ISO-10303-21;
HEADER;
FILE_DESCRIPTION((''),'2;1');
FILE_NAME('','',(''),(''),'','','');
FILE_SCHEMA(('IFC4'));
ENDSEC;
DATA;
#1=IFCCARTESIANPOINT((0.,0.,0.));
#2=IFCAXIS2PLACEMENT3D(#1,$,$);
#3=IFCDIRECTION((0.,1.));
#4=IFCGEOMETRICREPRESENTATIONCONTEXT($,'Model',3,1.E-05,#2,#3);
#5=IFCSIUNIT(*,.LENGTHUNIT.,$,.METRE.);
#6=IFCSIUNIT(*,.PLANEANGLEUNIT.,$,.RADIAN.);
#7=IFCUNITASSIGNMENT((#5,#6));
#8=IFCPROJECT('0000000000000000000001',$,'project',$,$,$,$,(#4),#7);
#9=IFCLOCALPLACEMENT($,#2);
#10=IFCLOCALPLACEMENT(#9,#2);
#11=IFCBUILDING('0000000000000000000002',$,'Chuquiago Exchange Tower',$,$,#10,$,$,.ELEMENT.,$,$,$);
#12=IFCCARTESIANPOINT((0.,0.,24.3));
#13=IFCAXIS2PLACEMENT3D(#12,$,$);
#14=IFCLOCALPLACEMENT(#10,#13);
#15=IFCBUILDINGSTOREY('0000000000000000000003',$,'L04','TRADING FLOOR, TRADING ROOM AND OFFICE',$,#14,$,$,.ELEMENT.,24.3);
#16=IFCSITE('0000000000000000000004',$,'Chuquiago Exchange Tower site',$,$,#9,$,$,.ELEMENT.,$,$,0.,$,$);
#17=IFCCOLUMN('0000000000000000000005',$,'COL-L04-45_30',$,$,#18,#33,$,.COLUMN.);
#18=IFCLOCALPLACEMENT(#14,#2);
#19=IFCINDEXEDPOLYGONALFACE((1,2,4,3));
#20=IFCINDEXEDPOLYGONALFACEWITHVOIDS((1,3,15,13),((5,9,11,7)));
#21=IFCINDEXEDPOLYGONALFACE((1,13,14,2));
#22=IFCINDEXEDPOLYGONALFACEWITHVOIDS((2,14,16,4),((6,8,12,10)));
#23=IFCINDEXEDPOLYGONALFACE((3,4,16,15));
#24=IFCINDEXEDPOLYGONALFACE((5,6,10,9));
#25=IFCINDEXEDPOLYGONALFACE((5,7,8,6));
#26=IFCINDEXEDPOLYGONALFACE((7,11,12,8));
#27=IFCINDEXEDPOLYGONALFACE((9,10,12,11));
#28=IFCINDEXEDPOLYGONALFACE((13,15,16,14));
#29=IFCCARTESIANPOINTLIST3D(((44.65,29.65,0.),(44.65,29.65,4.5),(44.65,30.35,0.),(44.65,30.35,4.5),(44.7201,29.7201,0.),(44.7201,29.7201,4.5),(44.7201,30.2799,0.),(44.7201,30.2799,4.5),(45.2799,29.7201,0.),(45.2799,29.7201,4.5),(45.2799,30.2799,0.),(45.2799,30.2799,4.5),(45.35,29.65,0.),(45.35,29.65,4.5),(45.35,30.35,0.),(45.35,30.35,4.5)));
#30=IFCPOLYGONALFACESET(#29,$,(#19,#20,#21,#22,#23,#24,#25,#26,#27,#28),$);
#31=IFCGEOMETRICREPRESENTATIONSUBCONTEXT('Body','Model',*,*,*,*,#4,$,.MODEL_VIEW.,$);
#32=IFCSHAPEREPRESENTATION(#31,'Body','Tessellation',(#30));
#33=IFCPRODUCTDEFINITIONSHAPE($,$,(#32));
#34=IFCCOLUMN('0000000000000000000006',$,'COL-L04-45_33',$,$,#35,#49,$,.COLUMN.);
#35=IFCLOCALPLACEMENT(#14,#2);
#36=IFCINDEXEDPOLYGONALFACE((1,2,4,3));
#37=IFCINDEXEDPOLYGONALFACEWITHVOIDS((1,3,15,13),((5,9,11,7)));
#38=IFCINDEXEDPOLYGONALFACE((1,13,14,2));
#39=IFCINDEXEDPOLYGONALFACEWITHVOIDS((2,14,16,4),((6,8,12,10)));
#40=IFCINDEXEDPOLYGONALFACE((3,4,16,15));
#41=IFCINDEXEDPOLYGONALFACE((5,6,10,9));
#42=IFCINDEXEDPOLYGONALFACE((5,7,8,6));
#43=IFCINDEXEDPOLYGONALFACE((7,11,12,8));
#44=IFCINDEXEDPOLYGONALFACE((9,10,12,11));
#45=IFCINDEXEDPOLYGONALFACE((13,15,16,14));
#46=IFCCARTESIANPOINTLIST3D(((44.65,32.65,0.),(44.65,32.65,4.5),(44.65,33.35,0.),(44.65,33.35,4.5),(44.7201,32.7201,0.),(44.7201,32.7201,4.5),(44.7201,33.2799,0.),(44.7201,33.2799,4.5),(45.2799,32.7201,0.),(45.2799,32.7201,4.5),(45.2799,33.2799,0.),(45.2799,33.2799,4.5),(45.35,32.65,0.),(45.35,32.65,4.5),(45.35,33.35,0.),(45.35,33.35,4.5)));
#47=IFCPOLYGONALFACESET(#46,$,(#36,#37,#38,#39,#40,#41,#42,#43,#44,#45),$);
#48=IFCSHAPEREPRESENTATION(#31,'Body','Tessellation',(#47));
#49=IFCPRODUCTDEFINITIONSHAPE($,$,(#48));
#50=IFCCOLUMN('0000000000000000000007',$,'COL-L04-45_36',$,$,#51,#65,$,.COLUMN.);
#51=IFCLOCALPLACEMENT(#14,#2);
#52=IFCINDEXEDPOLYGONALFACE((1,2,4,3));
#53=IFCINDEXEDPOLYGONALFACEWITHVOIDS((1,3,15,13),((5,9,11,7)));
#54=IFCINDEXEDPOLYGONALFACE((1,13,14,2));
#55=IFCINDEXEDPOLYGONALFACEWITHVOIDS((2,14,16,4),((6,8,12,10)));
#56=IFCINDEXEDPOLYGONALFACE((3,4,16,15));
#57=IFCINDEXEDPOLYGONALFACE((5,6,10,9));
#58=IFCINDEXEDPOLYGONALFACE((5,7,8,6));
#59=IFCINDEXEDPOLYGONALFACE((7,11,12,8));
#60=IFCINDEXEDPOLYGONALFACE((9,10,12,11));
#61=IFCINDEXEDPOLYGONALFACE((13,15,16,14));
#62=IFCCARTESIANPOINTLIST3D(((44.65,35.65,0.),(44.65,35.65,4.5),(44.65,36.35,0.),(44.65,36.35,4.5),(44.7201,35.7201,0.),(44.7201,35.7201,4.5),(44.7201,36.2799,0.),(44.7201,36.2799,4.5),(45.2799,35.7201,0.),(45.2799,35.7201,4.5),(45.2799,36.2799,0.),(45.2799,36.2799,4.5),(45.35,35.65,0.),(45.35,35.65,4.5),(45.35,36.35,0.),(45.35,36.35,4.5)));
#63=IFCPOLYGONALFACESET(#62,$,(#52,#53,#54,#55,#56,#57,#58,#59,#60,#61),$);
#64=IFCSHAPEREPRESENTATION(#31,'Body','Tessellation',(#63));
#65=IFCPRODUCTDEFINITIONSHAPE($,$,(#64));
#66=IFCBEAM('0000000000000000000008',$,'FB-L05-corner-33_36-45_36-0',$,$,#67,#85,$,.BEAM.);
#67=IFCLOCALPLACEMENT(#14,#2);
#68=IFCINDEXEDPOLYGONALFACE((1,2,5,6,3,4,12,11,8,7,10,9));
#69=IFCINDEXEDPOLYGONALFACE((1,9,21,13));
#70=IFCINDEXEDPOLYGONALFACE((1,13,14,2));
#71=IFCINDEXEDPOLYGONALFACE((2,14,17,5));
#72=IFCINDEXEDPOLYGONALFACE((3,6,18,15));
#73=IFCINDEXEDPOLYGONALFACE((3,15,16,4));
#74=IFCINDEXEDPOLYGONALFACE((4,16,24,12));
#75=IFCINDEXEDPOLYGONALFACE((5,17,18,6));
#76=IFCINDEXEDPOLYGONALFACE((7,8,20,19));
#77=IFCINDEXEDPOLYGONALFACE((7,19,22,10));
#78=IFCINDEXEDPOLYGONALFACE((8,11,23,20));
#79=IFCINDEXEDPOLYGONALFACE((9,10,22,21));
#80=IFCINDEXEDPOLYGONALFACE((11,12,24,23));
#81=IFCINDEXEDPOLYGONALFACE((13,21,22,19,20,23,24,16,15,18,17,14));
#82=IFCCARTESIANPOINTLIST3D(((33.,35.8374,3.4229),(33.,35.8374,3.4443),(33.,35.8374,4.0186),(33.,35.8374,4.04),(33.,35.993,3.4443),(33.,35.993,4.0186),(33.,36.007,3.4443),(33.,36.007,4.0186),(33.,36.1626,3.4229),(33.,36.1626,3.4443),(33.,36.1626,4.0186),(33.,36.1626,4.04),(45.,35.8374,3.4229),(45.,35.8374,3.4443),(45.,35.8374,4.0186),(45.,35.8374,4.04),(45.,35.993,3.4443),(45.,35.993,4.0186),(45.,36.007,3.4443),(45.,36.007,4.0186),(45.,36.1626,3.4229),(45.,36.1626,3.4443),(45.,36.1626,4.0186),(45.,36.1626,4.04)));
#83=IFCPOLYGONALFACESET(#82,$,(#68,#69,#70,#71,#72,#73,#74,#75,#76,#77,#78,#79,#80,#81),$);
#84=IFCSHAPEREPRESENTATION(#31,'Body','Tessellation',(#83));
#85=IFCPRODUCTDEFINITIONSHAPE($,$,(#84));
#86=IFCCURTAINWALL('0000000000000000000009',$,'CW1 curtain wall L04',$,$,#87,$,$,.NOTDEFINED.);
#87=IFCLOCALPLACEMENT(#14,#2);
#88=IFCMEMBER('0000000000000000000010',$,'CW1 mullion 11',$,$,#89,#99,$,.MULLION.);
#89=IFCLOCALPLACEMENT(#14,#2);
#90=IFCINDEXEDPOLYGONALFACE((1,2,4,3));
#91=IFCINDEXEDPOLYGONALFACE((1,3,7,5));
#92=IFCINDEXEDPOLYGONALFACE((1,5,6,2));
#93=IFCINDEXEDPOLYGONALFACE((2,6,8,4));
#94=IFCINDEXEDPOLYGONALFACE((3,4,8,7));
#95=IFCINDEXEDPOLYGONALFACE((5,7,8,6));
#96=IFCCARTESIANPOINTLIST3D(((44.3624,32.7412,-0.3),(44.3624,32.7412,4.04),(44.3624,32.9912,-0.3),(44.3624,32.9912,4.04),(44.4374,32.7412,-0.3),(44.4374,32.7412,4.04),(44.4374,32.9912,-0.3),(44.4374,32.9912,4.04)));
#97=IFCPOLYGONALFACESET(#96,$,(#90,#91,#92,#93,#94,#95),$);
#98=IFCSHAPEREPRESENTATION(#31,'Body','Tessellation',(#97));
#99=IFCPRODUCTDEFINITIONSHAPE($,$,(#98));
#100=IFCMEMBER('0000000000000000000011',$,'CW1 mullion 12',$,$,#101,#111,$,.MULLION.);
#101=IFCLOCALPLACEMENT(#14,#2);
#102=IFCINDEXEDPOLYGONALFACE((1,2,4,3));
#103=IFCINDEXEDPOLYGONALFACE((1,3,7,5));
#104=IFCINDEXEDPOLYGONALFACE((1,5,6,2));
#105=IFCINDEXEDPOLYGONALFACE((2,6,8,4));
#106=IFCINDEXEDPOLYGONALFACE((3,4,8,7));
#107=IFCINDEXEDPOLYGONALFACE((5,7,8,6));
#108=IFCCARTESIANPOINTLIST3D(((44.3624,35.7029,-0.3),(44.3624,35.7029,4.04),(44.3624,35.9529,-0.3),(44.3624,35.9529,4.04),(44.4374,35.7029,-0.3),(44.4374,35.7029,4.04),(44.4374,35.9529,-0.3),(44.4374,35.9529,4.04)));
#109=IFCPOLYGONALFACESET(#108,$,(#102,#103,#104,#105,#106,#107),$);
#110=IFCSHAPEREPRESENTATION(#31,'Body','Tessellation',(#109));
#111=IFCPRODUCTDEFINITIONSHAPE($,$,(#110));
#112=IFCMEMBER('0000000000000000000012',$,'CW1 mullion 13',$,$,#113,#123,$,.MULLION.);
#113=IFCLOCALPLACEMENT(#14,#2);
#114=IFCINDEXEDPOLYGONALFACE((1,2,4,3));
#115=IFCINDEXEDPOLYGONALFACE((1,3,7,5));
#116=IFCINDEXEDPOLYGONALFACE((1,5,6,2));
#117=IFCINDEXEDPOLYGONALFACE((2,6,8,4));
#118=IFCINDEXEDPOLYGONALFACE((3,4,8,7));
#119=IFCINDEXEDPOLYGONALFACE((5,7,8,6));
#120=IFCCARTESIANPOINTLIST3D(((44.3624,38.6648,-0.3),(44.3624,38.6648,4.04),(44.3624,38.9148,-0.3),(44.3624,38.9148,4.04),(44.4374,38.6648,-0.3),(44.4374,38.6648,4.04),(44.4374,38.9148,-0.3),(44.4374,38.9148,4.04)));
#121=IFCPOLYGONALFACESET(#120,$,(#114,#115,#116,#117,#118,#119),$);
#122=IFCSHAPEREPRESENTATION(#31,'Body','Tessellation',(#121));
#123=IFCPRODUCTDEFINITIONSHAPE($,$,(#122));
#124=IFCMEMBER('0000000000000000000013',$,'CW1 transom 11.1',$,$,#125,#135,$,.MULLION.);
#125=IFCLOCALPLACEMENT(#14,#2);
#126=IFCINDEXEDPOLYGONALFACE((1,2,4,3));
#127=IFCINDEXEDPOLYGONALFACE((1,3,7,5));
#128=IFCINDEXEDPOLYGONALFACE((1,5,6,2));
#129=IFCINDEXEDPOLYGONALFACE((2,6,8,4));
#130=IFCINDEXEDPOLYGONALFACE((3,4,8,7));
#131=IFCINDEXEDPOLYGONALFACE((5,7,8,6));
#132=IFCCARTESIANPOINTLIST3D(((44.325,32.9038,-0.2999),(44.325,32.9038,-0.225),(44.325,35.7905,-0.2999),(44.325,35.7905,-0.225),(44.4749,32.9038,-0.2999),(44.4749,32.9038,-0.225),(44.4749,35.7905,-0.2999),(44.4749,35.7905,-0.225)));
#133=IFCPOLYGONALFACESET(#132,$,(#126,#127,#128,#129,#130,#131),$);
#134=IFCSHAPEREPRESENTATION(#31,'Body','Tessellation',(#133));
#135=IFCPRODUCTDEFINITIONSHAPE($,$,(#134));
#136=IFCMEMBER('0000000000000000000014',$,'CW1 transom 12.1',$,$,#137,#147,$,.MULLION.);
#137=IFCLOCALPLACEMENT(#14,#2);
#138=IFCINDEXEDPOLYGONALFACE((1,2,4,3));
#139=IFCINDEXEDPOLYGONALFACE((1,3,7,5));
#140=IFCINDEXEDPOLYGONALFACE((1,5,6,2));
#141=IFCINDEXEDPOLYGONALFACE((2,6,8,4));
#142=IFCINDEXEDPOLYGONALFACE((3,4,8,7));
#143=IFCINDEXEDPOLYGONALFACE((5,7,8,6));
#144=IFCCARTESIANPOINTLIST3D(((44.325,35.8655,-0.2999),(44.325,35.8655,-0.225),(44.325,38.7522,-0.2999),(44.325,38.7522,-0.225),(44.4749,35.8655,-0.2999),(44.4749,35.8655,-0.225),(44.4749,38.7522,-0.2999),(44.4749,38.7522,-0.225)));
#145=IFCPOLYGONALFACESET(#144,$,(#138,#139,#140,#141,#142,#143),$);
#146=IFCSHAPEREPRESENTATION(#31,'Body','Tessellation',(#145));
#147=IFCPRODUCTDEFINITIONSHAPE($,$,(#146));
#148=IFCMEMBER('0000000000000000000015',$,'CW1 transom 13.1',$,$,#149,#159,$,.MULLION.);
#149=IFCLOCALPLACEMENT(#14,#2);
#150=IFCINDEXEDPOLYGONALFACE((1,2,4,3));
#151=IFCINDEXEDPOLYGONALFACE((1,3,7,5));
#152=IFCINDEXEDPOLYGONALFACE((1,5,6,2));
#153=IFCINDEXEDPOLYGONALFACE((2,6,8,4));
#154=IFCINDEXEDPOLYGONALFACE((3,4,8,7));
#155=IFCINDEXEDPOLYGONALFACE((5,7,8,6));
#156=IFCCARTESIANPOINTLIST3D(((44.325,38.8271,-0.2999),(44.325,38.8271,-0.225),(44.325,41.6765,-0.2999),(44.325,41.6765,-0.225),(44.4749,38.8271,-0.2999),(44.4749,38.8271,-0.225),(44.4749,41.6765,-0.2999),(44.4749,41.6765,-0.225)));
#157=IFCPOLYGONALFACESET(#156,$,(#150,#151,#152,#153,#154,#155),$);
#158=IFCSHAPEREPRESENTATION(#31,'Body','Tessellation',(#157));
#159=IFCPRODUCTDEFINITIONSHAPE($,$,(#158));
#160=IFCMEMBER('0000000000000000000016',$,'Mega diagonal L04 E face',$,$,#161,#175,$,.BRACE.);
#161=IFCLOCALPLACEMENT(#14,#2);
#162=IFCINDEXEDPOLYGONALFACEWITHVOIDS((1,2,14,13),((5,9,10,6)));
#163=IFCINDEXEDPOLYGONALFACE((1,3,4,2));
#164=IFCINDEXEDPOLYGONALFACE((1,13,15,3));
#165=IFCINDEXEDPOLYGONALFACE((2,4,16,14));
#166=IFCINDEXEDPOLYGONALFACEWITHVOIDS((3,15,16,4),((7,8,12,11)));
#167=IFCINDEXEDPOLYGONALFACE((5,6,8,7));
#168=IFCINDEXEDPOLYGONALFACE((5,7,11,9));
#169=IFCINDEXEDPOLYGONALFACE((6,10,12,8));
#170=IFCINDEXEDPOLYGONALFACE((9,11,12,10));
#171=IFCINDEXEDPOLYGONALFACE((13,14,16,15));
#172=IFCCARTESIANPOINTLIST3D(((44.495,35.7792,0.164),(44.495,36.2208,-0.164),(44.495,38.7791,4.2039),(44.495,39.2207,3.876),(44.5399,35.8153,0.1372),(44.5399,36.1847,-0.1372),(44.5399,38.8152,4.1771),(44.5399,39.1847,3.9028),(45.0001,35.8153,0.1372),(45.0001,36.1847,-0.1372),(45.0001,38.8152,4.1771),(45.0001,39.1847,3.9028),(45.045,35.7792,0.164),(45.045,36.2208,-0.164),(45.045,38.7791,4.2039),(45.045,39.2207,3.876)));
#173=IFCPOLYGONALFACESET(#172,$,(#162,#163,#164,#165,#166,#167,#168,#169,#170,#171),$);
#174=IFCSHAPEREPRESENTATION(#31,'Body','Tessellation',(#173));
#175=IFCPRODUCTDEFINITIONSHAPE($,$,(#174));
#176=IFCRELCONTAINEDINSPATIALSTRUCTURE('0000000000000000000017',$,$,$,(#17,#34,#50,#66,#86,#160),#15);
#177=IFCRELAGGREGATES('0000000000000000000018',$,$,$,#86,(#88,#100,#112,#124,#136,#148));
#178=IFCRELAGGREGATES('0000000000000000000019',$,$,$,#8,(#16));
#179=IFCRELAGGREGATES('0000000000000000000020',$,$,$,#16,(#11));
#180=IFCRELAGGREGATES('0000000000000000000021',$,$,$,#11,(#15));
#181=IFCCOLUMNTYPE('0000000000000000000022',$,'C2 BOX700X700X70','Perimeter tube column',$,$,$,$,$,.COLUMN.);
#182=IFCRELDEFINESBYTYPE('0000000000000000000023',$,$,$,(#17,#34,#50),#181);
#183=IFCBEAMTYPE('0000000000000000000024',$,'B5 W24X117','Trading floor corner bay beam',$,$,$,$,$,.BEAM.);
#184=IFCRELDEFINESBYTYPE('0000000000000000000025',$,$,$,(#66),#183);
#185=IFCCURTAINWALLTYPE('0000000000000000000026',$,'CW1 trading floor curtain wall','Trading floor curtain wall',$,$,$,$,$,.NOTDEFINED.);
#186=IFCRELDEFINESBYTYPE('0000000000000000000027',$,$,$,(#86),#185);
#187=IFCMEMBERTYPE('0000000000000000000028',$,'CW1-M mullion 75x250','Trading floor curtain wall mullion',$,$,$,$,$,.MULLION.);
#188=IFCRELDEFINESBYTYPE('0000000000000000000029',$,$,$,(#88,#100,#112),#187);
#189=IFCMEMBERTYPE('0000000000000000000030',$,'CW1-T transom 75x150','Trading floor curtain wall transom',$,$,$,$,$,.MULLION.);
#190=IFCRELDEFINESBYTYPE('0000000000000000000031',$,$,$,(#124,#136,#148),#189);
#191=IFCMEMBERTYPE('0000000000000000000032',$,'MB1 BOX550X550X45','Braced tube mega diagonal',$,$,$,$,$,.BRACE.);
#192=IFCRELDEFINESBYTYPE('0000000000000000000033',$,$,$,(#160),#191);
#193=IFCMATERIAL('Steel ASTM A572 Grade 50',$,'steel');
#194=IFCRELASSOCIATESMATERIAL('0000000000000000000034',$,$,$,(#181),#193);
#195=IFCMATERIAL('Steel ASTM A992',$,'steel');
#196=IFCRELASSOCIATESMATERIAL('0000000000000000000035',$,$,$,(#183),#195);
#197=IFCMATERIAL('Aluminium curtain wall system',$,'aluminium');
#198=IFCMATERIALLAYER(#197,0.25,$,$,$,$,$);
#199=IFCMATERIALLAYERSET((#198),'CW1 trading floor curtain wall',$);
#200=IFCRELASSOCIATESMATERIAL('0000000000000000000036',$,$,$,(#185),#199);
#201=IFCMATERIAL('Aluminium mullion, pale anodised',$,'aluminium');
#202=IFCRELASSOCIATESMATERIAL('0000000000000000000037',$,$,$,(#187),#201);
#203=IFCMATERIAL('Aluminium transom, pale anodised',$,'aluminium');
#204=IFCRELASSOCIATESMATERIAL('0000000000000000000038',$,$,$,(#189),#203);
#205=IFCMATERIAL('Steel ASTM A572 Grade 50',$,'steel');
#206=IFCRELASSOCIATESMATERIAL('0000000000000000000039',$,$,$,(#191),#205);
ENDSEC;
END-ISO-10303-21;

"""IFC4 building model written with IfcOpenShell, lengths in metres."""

from ifc_helpers import new_model, si_unit, direction, frame, origin, origin_2d, place, context, subcontext, project, spatial, rectangle, hollow_rectangle, i_section, extrude, material, layer, layer_set, material_profile, profile_set, type_object, element, aggregate, save


model = new_model("IFC4")

# Units and contexts
model_context = context("Model", 3, precision=1e-05, world=origin(), true_north=direction((0.0, 1.0)))
body_context = subcontext(model_context, "Body", "Model", "MODEL_VIEW")
ifc_project = project(units=[si_unit("LENGTHUNIT", "METRE"), si_unit("PLANEANGLEUNIT", "RADIAN")], contexts=[model_context])

# Site, building, storey
site_placement = place(None, origin())
site = spatial("IfcSite", under=ifc_project, at=site_placement, Name="Chuquiago Exchange Tower site", CompositionType="ELEMENT", RefElevation=0.0)
building_placement = place(site_placement, origin())
building = spatial("IfcBuilding", under=site, at=building_placement, Name="Chuquiago Exchange Tower", CompositionType="ELEMENT")
storey_placement = place(building_placement, frame((0.0, 0.0, 24.3)))
storey = spatial("IfcBuildingStorey", under=building, at=storey_placement, Name="L04", Description="TRADING FLOOR, TRADING ROOM AND OFFICE", CompositionType="ELEMENT", Elevation=24.3)

# Columns
ifc_material_1 = material(Name="Steel ASTM A572 Grade 50", Category="steel")
ifc_material_profile_1 = material_profile(ifc_material_1, hollow_rectangle(XDim=0.7, YDim=0.7, WallThickness=0.0701, at=origin_2d()), Name="BOX700X700X70")
ifc_profile_set_1 = profile_set([ifc_material_profile_1], Name="Steel ASTM A572 Grade 50")
column_type = type_object("IfcColumnType", Name="C2 BOX700X700X70", Description="Perimeter tube column", PredefinedType="COLUMN", material=ifc_profile_set_1)
for number, where, z_axis, x_axis, name in (
    (1, (45.0, 30.0, 0.0), (0.0, 0.0, 1.0), (1.0, 0.0, 0.0), "COL-L04-45_30"),
    (2, (45.0, 33.0, 0.0), (0.0, 0.0, 1.0), (1.0, 0.0, 0.0), "COL-L04-45_33"),
    (3, (45.0, 36.0, 0.0), (0.0, 0.0, 1.0), (1.0, 0.0, 0.0), "COL-L04-45_36"),
):
    element("IfcColumn", number, at=place(storey_placement, frame(where, z_axis=z_axis, x_axis=x_axis)), inside=storey, type_object=column_type, Name=name, PredefinedType="COLUMN", context=body_context, shape_type="SweptSolid", body=[
        extrude(hollow_rectangle(XDim=0.7, YDim=0.7, WallThickness=0.0701, at=origin_2d()), origin(), (0.0, 0.0, 1.0), 4.5),
    ])

# Beam
ifc_material_2 = material(Name="Steel ASTM A992", Category="steel")
ifc_material_profile_2 = material_profile(ifc_material_2, i_section(OverallWidth=0.3252, OverallDepth=0.6172, WebThickness=0.0139, FlangeThickness=0.0215, at=origin_2d()), Name="W24X117")
ifc_profile_set_2 = profile_set([ifc_material_profile_2], Name="Steel ASTM A992")
beam_type_1 = type_object("IfcBeamType", Name="B5 W24X117", Description="Trading floor corner bay beam", PredefinedType="BEAM", material=ifc_profile_set_2)
beam_placement = place(storey_placement, frame((33.0, 36.0, 3.7314), z_axis=(1.0, 0.0, 0.0), x_axis=(0.0, 1.0, 0.0)))
element("IfcBeam", 4, at=beam_placement, inside=storey, type_object=beam_type_1, Name="FB-L05-corner-33_36-45_36-0", PredefinedType="BEAM", context=body_context, shape_type="SweptSolid", body=[
    extrude(i_section(OverallWidth=0.3252, OverallDepth=0.6172, WebThickness=0.0139, FlangeThickness=0.0215, at=origin_2d()), origin(), (0.0, 0.0, 1.0), 12.0),
])

# Curtain wall, members
ifc_material_3 = material(Name="Aluminium curtain wall system", Category="aluminium")
ifc_layer_1 = layer(ifc_material_3, 0.25)
ifc_layer_set_1 = layer_set([ifc_layer_1], Name="CW1 trading floor curtain wall")
curtain_wall_type = type_object("IfcCurtainWallType", Name="CW1 trading floor curtain wall", Description="Trading floor curtain wall", PredefinedType="NOTDEFINED", material=ifc_layer_set_1)
curtain_wall_placement = place(storey_placement, origin())
curtain_wall = element("IfcCurtainWall", 5, at=curtain_wall_placement, inside=storey, type_object=curtain_wall_type, Name="CW1 curtain wall L04", PredefinedType="NOTDEFINED")
ifc_material_4 = material(Name="Aluminium mullion, pale anodised", Category="aluminium")
ifc_material_profile_3 = material_profile(ifc_material_4, rectangle(XDim=0.075, YDim=0.25, at=origin_2d()), Name="AL 75x250")
ifc_profile_set_3 = profile_set([ifc_material_profile_3], Name="Aluminium mullion, pale anodised")
member_type_1 = type_object("IfcMemberType", Name="CW1-M mullion 75x250", Description="Trading floor curtain wall mullion", PredefinedType="MULLION", material=ifc_profile_set_3)
member_1_placement = place(storey_placement, frame((44.3999, 32.8662, -0.3), z_axis=(0.0, 0.0, 1.0), x_axis=(-1.0, 0.0, 0.0)))
member_1 = element("IfcMember", 6, at=member_1_placement, type_object=member_type_1, Name="CW1 mullion 11", PredefinedType="MULLION", context=body_context, shape_type="SweptSolid", body=[
    extrude(rectangle(XDim=0.075, YDim=0.25, at=origin_2d()), origin(), (0.0, 0.0, 1.0), 4.3401),
])
member_2_placement = place(storey_placement, frame((44.3999, 35.8279, -0.3), z_axis=(0.0, 0.0, 1.0), x_axis=(-1.0, 0.0, 0.0)))
member_2 = element("IfcMember", 7, at=member_2_placement, type_object=member_type_1, Name="CW1 mullion 12", PredefinedType="MULLION", context=body_context, shape_type="SweptSolid", body=[
    extrude(rectangle(XDim=0.075, YDim=0.25, at=origin_2d()), origin(), (0.0, 0.0, 1.0), 4.3401),
])
member_3_placement = place(storey_placement, frame((44.3999, 38.7898, -0.3), z_axis=(0.0, 0.0, 1.0), x_axis=(-1.0, 0.0, 0.0)))
member_3 = element("IfcMember", 8, at=member_3_placement, type_object=member_type_1, Name="CW1 mullion 13", PredefinedType="MULLION", context=body_context, shape_type="SweptSolid", body=[
    extrude(rectangle(XDim=0.075, YDim=0.25, at=origin_2d()), origin(), (0.0, 0.0, 1.0), 4.3401),
])
ifc_material_5 = material(Name="Aluminium transom, pale anodised", Category="aluminium")
ifc_material_profile_4 = material_profile(ifc_material_5, rectangle(XDim=0.1499, YDim=0.075, at=origin_2d()), Name="AL 150x75")
ifc_profile_set_4 = profile_set([ifc_material_profile_4], Name="Aluminium transom, pale anodised")
member_type_2 = type_object("IfcMemberType", Name="CW1-T transom 75x150", Description="Trading floor curtain wall transom", PredefinedType="MULLION", material=ifc_profile_set_4)
member_4_placement = place(storey_placement, frame((44.3999, 32.9038, -0.2625), z_axis=(0.0, 1.0, 0.0), x_axis=(-1.0, 0.0, 0.0)))
member_4 = element("IfcMember", 9, at=member_4_placement, type_object=member_type_2, Name="CW1 transom 11.1", PredefinedType="MULLION", context=body_context, shape_type="SweptSolid", body=[
    extrude(rectangle(XDim=0.1499, YDim=0.075, at=origin_2d()), origin(), (0.0, 0.0, 1.0), 2.8867),
])
member_5_placement = place(storey_placement, frame((44.3999, 35.8655, -0.2625), z_axis=(0.0, 1.0, 0.0), x_axis=(-1.0, 0.0, 0.0)))
member_5 = element("IfcMember", 10, at=member_5_placement, type_object=member_type_2, Name="CW1 transom 12.1", PredefinedType="MULLION", context=body_context, shape_type="SweptSolid", body=[
    extrude(rectangle(XDim=0.1499, YDim=0.075, at=origin_2d()), origin(), (0.0, 0.0, 1.0), 2.8867),
])
member_6_placement = place(storey_placement, frame((44.3999, 38.8271, -0.2625), z_axis=(0.0, 1.0, 0.0), x_axis=(-1.0, 0.0, 0.0)))
member_6 = element("IfcMember", 11, at=member_6_placement, type_object=member_type_2, Name="CW1 transom 13.1", PredefinedType="MULLION", context=body_context, shape_type="SweptSolid", body=[
    extrude(rectangle(XDim=0.1499, YDim=0.075, at=origin_2d()), origin(), (0.0, 0.0, 1.0), 2.8494),
])

# Member
ifc_material_6 = material(Name="Steel ASTM A572 Grade 50", Category="steel")
ifc_material_profile_5 = material_profile(ifc_material_6, hollow_rectangle(XDim=0.55, YDim=0.55, WallThickness=0.0449, at=origin_2d()), Name="BOX550X550X45")
ifc_profile_set_5 = profile_set([ifc_material_profile_5], Name="Steel ASTM A572 Grade 50")
member_type_3 = type_object("IfcMemberType", Name="MB1 BOX550X550X45", Description="Braced tube mega diagonal", PredefinedType="BRACE", material=ifc_profile_set_5)
member_7_placement = place(storey_placement, frame((44.77, 36.0, 0.0), z_axis=(0.0, 0.596174, 0.802855), x_axis=(-1.0, 0.0, 0.0)))
element("IfcMember", 12, at=member_7_placement, inside=storey, type_object=member_type_3, Name="Mega diagonal L04 E face", PredefinedType="BRACE", context=body_context, shape_type="SweptSolid", body=[
    extrude(hollow_rectangle(XDim=0.55, YDim=0.55, WallThickness=0.0449, at=origin_2d()), origin(), (0.0, 0.0, 1.0), 5.032),
])

aggregate(curtain_wall, [member_1, member_2, member_3, member_4, member_5, member_6])

save(model, "model.ifc")
